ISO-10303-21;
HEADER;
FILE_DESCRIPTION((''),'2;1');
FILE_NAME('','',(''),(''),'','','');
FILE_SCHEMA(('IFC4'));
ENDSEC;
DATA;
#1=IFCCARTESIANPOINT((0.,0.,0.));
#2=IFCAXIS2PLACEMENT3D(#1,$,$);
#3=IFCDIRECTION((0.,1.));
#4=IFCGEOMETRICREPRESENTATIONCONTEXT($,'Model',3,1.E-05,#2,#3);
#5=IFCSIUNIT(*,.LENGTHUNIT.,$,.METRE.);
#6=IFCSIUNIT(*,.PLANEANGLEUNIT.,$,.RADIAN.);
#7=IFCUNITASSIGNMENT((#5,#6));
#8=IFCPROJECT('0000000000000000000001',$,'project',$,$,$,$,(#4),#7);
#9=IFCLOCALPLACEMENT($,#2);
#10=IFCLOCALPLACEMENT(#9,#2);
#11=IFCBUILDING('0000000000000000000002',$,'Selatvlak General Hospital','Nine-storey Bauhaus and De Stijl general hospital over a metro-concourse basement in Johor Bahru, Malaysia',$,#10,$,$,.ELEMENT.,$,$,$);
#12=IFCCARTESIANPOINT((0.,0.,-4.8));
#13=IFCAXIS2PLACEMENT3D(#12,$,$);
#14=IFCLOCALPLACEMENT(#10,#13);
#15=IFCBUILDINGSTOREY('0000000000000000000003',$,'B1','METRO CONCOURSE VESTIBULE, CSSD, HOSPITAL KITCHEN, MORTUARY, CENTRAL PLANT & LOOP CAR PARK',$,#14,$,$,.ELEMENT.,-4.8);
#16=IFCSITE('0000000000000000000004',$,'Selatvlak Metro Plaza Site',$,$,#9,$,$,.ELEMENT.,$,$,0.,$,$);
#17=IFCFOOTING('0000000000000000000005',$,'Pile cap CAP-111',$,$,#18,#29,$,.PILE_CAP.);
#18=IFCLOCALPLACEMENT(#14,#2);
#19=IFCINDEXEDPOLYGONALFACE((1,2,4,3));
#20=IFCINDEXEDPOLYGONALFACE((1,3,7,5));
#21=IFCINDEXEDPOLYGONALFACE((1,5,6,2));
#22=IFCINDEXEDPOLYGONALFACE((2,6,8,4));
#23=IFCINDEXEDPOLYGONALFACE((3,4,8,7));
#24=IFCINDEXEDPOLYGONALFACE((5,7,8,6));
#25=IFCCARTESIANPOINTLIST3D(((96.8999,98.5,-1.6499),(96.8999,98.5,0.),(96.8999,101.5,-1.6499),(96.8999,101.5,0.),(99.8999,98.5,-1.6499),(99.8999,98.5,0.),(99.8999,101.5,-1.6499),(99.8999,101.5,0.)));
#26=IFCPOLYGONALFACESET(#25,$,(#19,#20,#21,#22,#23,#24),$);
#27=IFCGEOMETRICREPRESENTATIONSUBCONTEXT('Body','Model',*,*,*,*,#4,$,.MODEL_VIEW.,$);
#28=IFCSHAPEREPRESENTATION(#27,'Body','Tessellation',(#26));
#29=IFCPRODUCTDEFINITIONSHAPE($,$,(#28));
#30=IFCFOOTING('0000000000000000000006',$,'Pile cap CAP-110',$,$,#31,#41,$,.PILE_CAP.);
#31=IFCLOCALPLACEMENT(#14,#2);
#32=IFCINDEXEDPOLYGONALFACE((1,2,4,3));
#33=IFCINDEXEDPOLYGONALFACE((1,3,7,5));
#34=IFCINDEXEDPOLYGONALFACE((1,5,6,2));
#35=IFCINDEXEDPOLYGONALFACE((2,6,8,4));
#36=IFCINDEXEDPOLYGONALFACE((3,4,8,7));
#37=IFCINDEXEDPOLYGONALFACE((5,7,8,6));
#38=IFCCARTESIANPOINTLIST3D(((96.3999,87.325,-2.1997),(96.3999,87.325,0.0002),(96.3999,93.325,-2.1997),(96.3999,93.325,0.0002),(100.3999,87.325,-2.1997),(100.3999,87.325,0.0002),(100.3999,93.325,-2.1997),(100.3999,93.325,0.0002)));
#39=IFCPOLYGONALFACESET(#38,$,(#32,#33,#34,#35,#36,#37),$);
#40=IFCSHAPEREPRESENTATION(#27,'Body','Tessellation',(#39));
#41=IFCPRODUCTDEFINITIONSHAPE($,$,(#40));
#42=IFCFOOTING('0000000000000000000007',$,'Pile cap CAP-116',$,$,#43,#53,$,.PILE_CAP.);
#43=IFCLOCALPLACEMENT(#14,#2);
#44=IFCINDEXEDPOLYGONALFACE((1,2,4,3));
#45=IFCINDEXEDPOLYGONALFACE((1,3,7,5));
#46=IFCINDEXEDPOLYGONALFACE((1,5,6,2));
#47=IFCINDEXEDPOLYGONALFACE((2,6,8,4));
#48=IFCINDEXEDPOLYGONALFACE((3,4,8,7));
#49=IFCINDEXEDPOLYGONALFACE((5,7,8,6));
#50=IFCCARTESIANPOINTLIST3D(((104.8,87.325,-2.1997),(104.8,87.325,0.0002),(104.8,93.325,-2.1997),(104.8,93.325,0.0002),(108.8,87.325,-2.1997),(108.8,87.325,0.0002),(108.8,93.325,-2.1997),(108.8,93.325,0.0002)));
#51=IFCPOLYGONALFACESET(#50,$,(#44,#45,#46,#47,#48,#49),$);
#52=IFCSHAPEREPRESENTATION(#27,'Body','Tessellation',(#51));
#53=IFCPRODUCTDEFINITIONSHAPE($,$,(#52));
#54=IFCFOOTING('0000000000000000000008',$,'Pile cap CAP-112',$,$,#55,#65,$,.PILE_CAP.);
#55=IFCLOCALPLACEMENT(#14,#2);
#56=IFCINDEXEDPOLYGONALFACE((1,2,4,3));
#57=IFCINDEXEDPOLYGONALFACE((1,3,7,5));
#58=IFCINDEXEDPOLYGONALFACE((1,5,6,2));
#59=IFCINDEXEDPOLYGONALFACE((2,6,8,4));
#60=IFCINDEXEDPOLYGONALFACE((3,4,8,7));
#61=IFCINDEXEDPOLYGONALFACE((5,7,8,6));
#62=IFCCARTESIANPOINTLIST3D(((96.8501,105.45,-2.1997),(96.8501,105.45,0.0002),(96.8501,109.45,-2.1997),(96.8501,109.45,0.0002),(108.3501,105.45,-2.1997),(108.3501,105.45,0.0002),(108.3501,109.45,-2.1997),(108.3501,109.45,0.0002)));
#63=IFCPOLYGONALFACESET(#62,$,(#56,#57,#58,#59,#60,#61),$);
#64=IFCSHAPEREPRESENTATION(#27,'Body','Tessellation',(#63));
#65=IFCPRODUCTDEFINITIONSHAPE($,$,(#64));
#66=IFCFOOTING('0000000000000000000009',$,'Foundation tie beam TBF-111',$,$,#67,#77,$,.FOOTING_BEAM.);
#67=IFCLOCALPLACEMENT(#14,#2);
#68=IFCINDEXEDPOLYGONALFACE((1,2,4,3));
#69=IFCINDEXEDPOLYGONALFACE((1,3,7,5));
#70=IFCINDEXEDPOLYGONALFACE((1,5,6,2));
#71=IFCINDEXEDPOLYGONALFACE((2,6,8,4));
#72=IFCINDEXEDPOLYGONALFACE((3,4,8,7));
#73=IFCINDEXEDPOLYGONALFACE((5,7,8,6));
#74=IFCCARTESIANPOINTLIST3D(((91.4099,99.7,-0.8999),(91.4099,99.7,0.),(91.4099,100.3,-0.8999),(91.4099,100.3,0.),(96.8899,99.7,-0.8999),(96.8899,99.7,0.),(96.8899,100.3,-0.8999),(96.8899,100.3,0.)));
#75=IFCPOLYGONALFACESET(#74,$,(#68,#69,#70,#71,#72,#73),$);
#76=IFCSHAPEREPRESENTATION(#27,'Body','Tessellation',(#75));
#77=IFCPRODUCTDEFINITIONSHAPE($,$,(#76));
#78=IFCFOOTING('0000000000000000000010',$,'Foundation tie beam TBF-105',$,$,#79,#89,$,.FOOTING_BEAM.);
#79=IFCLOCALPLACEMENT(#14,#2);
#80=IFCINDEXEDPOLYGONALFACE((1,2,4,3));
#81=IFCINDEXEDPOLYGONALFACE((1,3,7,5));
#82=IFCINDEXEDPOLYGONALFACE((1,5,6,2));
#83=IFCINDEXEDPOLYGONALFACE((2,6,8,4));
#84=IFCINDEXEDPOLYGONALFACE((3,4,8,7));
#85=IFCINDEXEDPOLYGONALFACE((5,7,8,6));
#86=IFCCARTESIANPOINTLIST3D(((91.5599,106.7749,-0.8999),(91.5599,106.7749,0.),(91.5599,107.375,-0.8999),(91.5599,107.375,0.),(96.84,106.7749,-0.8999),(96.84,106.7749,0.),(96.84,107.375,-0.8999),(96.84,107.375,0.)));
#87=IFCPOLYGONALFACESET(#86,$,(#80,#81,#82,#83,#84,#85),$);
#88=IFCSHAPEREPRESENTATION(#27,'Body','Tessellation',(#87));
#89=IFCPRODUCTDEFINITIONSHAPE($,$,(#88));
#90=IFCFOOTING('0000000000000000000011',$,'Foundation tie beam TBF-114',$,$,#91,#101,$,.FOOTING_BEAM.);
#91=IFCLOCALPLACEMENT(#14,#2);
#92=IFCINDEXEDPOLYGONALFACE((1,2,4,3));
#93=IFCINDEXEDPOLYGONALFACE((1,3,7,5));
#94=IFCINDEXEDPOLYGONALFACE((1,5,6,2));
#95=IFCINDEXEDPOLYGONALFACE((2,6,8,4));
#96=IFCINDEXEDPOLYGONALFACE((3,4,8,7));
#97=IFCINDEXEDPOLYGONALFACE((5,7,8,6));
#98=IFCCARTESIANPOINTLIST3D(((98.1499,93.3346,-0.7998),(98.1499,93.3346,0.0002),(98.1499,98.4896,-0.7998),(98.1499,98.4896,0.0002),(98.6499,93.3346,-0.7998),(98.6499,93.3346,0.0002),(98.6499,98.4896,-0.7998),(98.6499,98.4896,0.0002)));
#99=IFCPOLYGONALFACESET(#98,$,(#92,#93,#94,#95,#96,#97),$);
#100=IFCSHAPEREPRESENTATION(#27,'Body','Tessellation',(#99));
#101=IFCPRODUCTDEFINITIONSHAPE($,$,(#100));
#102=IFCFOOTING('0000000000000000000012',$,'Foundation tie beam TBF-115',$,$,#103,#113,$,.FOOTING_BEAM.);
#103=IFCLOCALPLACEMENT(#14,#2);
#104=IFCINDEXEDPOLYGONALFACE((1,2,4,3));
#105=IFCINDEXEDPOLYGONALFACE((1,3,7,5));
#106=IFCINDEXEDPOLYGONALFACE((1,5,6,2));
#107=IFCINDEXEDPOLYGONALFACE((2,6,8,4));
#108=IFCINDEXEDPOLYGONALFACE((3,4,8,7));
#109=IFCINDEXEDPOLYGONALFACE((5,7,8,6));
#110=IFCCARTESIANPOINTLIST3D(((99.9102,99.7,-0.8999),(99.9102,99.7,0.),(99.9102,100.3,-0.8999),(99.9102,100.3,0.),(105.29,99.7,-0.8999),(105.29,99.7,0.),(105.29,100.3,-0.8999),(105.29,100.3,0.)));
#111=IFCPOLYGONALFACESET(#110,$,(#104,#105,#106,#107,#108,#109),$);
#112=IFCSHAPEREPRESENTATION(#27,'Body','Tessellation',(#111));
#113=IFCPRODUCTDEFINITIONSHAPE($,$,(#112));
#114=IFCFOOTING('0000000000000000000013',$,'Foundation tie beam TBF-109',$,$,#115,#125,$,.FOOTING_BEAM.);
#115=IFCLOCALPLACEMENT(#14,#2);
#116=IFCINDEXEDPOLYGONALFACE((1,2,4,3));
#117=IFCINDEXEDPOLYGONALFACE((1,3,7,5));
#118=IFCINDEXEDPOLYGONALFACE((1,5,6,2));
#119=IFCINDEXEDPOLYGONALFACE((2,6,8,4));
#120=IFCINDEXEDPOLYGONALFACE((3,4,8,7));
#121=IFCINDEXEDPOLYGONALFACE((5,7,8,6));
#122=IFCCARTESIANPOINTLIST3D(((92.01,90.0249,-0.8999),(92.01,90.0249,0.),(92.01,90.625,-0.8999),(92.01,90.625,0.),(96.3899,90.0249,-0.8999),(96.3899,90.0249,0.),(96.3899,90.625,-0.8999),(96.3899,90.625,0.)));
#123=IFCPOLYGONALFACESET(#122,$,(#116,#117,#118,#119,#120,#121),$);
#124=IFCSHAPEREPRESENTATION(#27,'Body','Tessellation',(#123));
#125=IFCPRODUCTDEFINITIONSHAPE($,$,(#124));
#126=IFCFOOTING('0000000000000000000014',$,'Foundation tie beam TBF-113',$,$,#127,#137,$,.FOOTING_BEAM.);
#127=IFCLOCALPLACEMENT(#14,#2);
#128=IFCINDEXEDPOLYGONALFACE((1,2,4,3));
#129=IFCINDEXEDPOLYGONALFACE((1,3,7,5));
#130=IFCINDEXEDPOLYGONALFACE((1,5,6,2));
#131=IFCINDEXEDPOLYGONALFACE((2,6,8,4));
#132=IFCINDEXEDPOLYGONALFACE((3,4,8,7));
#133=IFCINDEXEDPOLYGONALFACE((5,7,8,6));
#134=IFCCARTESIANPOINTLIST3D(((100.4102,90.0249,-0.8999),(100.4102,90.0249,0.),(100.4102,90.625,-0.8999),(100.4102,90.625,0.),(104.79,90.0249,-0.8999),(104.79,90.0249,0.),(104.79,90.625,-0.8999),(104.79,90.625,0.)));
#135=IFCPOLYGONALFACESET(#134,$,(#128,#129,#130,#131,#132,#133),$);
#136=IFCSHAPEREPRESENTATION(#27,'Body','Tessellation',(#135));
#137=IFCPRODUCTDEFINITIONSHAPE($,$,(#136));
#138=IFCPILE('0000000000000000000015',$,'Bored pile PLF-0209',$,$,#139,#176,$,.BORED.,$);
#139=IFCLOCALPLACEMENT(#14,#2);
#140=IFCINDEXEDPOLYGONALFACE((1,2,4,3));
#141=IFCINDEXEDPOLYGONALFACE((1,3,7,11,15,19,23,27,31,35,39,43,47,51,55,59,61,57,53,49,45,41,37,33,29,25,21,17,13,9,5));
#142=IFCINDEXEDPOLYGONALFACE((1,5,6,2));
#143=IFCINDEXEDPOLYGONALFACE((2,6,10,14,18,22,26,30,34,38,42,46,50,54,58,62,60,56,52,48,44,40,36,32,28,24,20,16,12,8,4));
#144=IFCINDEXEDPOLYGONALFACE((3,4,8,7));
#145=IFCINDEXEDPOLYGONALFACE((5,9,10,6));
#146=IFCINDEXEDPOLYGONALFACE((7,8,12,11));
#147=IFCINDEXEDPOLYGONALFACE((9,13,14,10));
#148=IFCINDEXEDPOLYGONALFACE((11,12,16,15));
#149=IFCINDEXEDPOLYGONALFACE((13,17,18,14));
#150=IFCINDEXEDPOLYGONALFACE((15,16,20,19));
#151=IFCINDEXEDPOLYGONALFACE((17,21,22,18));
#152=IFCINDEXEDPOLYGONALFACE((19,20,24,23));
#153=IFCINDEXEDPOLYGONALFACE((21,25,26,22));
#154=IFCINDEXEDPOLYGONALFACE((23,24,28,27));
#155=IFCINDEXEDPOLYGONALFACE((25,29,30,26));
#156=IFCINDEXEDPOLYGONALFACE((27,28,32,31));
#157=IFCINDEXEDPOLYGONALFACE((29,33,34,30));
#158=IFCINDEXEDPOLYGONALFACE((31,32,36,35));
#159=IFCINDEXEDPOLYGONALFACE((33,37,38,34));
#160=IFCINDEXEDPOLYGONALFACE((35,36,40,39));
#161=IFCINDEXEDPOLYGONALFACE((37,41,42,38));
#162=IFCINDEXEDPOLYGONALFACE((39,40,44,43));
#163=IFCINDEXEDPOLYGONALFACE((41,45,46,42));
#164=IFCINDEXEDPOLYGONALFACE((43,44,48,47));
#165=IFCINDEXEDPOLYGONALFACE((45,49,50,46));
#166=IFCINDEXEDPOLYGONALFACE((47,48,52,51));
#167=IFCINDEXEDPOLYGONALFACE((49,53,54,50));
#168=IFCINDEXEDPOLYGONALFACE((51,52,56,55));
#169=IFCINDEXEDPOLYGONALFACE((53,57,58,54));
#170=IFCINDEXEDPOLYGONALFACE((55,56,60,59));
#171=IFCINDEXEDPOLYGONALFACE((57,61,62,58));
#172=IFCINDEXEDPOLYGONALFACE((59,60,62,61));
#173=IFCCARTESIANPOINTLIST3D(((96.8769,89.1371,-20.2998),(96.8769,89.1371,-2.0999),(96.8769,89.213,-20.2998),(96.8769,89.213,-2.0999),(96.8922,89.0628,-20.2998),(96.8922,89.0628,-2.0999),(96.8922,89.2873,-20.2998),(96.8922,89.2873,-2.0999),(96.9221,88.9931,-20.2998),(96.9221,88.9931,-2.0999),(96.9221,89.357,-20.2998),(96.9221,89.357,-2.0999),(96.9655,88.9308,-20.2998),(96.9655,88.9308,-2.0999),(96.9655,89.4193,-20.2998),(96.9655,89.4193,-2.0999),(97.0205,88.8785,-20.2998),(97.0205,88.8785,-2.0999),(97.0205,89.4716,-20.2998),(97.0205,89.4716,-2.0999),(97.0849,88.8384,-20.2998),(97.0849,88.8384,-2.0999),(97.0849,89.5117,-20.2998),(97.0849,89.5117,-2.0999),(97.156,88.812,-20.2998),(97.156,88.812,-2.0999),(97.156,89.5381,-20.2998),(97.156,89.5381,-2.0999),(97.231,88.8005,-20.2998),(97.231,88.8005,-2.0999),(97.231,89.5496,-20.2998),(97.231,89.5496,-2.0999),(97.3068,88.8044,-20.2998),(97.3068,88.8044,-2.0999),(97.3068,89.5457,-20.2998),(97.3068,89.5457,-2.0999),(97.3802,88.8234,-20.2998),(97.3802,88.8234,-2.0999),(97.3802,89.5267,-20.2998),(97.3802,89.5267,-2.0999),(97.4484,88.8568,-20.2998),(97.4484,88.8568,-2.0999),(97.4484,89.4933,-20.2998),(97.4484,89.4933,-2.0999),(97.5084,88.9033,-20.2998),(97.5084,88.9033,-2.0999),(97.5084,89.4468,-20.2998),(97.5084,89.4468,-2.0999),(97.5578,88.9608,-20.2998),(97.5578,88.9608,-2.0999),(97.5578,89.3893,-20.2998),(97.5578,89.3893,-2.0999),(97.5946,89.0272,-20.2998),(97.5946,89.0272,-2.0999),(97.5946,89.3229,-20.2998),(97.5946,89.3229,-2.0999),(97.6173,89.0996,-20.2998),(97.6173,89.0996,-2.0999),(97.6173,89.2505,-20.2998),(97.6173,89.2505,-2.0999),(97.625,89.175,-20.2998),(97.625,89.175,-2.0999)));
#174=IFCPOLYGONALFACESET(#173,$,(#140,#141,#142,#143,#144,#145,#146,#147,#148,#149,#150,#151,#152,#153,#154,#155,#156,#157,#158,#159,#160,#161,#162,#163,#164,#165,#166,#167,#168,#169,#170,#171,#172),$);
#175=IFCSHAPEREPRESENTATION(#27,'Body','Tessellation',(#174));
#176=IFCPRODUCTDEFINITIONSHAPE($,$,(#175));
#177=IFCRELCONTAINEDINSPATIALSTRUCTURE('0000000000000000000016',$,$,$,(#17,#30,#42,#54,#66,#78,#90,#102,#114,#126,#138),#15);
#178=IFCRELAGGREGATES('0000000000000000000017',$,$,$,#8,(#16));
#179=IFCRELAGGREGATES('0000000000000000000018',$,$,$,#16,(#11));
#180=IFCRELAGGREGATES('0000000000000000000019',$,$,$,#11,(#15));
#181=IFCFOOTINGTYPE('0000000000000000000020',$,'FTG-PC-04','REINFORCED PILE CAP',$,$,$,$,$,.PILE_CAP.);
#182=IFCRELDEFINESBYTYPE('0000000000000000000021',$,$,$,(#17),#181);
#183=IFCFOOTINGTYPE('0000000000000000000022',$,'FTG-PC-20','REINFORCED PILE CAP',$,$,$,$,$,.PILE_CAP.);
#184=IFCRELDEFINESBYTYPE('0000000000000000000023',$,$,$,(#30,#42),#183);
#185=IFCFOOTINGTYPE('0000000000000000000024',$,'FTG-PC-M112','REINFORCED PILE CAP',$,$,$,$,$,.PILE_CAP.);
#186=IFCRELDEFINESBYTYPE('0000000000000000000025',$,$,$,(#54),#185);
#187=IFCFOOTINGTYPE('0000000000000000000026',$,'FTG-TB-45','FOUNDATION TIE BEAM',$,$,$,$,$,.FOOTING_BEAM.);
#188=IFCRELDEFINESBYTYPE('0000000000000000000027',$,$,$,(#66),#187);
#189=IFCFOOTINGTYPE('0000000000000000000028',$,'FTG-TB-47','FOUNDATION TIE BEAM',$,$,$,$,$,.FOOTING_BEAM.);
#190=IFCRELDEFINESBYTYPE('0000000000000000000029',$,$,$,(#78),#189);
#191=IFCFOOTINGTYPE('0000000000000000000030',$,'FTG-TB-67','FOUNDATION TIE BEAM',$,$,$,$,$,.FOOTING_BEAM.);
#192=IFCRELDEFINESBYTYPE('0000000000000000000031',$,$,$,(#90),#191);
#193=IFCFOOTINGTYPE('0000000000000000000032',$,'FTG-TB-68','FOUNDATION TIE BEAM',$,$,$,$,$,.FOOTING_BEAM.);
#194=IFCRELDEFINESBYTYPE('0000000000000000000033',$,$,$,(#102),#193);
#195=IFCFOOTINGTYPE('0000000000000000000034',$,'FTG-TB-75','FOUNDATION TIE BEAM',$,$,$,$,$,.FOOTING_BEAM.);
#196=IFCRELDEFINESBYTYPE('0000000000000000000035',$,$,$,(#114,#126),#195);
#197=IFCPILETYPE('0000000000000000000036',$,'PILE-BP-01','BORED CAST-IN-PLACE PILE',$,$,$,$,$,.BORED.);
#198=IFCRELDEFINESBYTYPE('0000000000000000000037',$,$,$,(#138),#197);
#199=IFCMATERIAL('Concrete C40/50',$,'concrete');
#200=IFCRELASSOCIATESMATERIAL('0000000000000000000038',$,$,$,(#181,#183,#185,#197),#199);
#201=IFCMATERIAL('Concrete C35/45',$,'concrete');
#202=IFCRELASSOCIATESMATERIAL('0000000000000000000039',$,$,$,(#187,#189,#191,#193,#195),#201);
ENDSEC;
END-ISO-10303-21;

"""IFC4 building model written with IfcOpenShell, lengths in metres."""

from ifc_helpers import new_model, si_unit, direction, frame, origin, origin_2d, place, context, subcontext, project, spatial, rectangle, circle, extrude, material, material_profile, profile_set, type_object, element, save


model = new_model("IFC4")

# Units and contexts
model_context = context("Model", 3, precision=1e-05, world=origin(), true_north=direction((0.0, 1.0)))
body_context = subcontext(model_context, "Body", "Model", "MODEL_VIEW")
ifc_project = project(units=[si_unit("LENGTHUNIT", "METRE"), si_unit("PLANEANGLEUNIT", "RADIAN")], contexts=[model_context])

# Site, building, storey
site_placement = place(None, origin())
site = spatial("IfcSite", under=ifc_project, at=site_placement, Name="Selatvlak Metro Plaza Site", CompositionType="ELEMENT", RefElevation=0.0)
building_placement = place(site_placement, origin())
building = spatial("IfcBuilding", under=site, at=building_placement, Name="Selatvlak General Hospital", Description="Nine-storey Bauhaus and De Stijl general hospital over a metro-concourse basement in Johor Bahru, Malaysia", CompositionType="ELEMENT")
storey_placement = place(building_placement, frame((0.0, 0.0, -4.8)))
storey = spatial("IfcBuildingStorey", under=building, at=storey_placement, Name="B1", Description="METRO CONCOURSE VESTIBULE, CSSD, HOSPITAL KITCHEN, MORTUARY, CENTRAL PLANT & LOOP CAR PARK", CompositionType="ELEMENT", Elevation=-4.8)

# Footings
ifc_material_1 = material(Name="Concrete C40/50", Category="concrete")
footing_type_1 = type_object("IfcFootingType", Name="FTG-PC-04", Description="REINFORCED PILE CAP", PredefinedType="PILE_CAP", material=ifc_material_1)
footing_1_placement = place(storey_placement, frame((98.3999, 100.0, -1.6499), z_axis=(0.0, 0.0, 1.0), x_axis=(1.0, 0.0, 0.0)))
element("IfcFooting", 1, at=footing_1_placement, inside=storey, type_object=footing_type_1, Name="Pile cap CAP-111", PredefinedType="PILE_CAP", context=body_context, shape_type="SweptSolid", body=[
    extrude(rectangle(XDim=3.0, YDim=3.0, at=origin_2d()), origin(), (0.0, 0.0, 1.0), 1.6499),
])
footing_type_2 = type_object("IfcFootingType", Name="FTG-PC-20", Description="REINFORCED PILE CAP", PredefinedType="PILE_CAP", material=ifc_material_1)
for number, where, z_axis, x_axis, name in (
    (2, (98.3999, 90.325, -2.1997), (0.0, 0.0, 1.0), (1.0, 0.0, 0.0), "Pile cap CAP-110"),
    (3, (106.8, 90.325, -2.1997), (0.0, 0.0, 1.0), (1.0, 0.0, 0.0), "Pile cap CAP-116"),
):
    element("IfcFooting", number, at=place(storey_placement, frame(where, z_axis=z_axis, x_axis=x_axis)), inside=storey, type_object=footing_type_2, Name=name, PredefinedType="PILE_CAP", context=body_context, shape_type="SweptSolid", body=[
        extrude(rectangle(XDim=4.0, YDim=6.0, at=origin_2d()), origin(), (0.0, 0.0, 1.0), 2.2),
    ])
footing_type_3 = type_object("IfcFootingType", Name="FTG-PC-M112", Description="REINFORCED PILE CAP", PredefinedType="PILE_CAP", material=ifc_material_1)
footing_2_placement = place(storey_placement, frame((102.6001, 107.45, -2.1997), z_axis=(0.0, 0.0, 1.0), x_axis=(1.0, 0.0, 0.0)))
element("IfcFooting", 4, at=footing_2_placement, inside=storey, type_object=footing_type_3, Name="Pile cap CAP-112", PredefinedType="PILE_CAP", context=body_context, shape_type="SweptSolid", body=[
    extrude(rectangle(XDim=11.5, YDim=4.0, at=origin_2d()), origin(), (0.0, 0.0, 1.0), 2.2),
])
ifc_material_2 = material(Name="Concrete C35/45", Category="concrete")
footing_type_4 = type_object("IfcFootingType", Name="FTG-TB-45", Description="FOUNDATION TIE BEAM", PredefinedType="FOOTING_BEAM", material=ifc_material_2)
footing_3_placement = place(storey_placement, frame((94.1499, 100.0, -0.8999), z_axis=(0.0, 0.0, 1.0), x_axis=(1.0, 0.0, 0.0)))
element("IfcFooting", 5, at=footing_3_placement, inside=storey, type_object=footing_type_4, Name="Foundation tie beam TBF-111", PredefinedType="FOOTING_BEAM", context=body_context, shape_type="SweptSolid", body=[
    extrude(rectangle(XDim=5.48, YDim=0.6001, at=origin_2d()), origin(), (0.0, 0.0, 1.0), 0.8999),
])
footing_type_5 = type_object("IfcFootingType", Name="FTG-TB-47", Description="FOUNDATION TIE BEAM", PredefinedType="FOOTING_BEAM", material=ifc_material_2)
footing_4_placement = place(storey_placement, frame((94.2, 107.075, -0.8999), z_axis=(0.0, 0.0, 1.0), x_axis=(1.0, 0.0, 0.0)))
element("IfcFooting", 6, at=footing_4_placement, inside=storey, type_object=footing_type_5, Name="Foundation tie beam TBF-105", PredefinedType="FOOTING_BEAM", context=body_context, shape_type="SweptSolid", body=[
    extrude(rectangle(XDim=5.28, YDim=0.6001, at=origin_2d()), origin(), (0.0, 0.0, 1.0), 0.8999),
])
footing_type_6 = type_object("IfcFootingType", Name="FTG-TB-67", Description="FOUNDATION TIE BEAM", PredefinedType="FOOTING_BEAM", material=ifc_material_2)
footing_5_placement = place(storey_placement, frame((98.3999, 95.9121, -0.7998), z_axis=(0.0, 0.0, 1.0), x_axis=(0.0, 1.0, 0.0)))
element("IfcFooting", 7, at=footing_5_placement, inside=storey, type_object=footing_type_6, Name="Foundation tie beam TBF-114", PredefinedType="FOOTING_BEAM", context=body_context, shape_type="SweptSolid", body=[
    extrude(rectangle(XDim=5.155, YDim=0.5, at=origin_2d()), origin(), (0.0, 0.0, 1.0), 0.8),
])
footing_type_7 = type_object("IfcFootingType", Name="FTG-TB-68", Description="FOUNDATION TIE BEAM", PredefinedType="FOOTING_BEAM", material=ifc_material_2)
footing_6_placement = place(storey_placement, frame((102.6001, 100.0, -0.8999), z_axis=(0.0, 0.0, 1.0), x_axis=(1.0, 0.0, 0.0)))
element("IfcFooting", 8, at=footing_6_placement, inside=storey, type_object=footing_type_7, Name="Foundation tie beam TBF-115", PredefinedType="FOOTING_BEAM", context=body_context, shape_type="SweptSolid", body=[
    extrude(rectangle(XDim=5.3799, YDim=0.6001, at=origin_2d()), origin(), (0.0, 0.0, 1.0), 0.8999),
])
footing_type_8 = type_object("IfcFootingType", Name="FTG-TB-75", Description="FOUNDATION TIE BEAM", PredefinedType="FOOTING_BEAM", material=ifc_material_2)
for number, where, z_axis, x_axis, name in (
    (9, (94.2, 90.325, -0.8999), (0.0, 0.0, 1.0), (1.0, 0.0, 0.0), "Foundation tie beam TBF-109"),
    (10, (102.6001, 90.325, -0.8999), (0.0, 0.0, 1.0), (1.0, 0.0, 0.0), "Foundation tie beam TBF-113"),
):
    element("IfcFooting", number, at=place(storey_placement, frame(where, z_axis=z_axis, x_axis=x_axis)), inside=storey, type_object=footing_type_8, Name=name, PredefinedType="FOOTING_BEAM", context=body_context, shape_type="SweptSolid", body=[
        extrude(rectangle(XDim=4.3799, YDim=0.6001, at=origin_2d()), origin(), (0.0, 0.0, 1.0), 0.8999),
    ])

# Pile
ifc_material_profile_1 = material_profile(ifc_material_1, circle(Radius=0.375, at=origin_2d()), Name="BORED PILE 750")
ifc_profile_set_1 = profile_set([ifc_material_profile_1], Name="Concrete C40/50")
pile_type_1 = type_object("IfcPileType", Name="PILE-BP-01", Description="BORED CAST-IN-PLACE PILE", PredefinedType="BORED", material=ifc_profile_set_1)
for number, where, z_axis, x_axis, name in (
    (11, (97.25, 89.175, -2.0999), (0.0, 0.0, -1.0), (1.0, 0.0, 0.0), "Bored pile PLF-0209"),
):
    element("IfcPile", number, at=place(storey_placement, frame(where, z_axis=z_axis, x_axis=x_axis)), inside=storey, type_object=pile_type_1, Name=name, PredefinedType="BORED", context=body_context, shape_type="SweptSolid", body=[
        extrude(circle(Radius=0.375, at=origin_2d()), origin(), (0.0, 0.0, 1.0), 18.2),
    ])

save(model, "model.ifc")
